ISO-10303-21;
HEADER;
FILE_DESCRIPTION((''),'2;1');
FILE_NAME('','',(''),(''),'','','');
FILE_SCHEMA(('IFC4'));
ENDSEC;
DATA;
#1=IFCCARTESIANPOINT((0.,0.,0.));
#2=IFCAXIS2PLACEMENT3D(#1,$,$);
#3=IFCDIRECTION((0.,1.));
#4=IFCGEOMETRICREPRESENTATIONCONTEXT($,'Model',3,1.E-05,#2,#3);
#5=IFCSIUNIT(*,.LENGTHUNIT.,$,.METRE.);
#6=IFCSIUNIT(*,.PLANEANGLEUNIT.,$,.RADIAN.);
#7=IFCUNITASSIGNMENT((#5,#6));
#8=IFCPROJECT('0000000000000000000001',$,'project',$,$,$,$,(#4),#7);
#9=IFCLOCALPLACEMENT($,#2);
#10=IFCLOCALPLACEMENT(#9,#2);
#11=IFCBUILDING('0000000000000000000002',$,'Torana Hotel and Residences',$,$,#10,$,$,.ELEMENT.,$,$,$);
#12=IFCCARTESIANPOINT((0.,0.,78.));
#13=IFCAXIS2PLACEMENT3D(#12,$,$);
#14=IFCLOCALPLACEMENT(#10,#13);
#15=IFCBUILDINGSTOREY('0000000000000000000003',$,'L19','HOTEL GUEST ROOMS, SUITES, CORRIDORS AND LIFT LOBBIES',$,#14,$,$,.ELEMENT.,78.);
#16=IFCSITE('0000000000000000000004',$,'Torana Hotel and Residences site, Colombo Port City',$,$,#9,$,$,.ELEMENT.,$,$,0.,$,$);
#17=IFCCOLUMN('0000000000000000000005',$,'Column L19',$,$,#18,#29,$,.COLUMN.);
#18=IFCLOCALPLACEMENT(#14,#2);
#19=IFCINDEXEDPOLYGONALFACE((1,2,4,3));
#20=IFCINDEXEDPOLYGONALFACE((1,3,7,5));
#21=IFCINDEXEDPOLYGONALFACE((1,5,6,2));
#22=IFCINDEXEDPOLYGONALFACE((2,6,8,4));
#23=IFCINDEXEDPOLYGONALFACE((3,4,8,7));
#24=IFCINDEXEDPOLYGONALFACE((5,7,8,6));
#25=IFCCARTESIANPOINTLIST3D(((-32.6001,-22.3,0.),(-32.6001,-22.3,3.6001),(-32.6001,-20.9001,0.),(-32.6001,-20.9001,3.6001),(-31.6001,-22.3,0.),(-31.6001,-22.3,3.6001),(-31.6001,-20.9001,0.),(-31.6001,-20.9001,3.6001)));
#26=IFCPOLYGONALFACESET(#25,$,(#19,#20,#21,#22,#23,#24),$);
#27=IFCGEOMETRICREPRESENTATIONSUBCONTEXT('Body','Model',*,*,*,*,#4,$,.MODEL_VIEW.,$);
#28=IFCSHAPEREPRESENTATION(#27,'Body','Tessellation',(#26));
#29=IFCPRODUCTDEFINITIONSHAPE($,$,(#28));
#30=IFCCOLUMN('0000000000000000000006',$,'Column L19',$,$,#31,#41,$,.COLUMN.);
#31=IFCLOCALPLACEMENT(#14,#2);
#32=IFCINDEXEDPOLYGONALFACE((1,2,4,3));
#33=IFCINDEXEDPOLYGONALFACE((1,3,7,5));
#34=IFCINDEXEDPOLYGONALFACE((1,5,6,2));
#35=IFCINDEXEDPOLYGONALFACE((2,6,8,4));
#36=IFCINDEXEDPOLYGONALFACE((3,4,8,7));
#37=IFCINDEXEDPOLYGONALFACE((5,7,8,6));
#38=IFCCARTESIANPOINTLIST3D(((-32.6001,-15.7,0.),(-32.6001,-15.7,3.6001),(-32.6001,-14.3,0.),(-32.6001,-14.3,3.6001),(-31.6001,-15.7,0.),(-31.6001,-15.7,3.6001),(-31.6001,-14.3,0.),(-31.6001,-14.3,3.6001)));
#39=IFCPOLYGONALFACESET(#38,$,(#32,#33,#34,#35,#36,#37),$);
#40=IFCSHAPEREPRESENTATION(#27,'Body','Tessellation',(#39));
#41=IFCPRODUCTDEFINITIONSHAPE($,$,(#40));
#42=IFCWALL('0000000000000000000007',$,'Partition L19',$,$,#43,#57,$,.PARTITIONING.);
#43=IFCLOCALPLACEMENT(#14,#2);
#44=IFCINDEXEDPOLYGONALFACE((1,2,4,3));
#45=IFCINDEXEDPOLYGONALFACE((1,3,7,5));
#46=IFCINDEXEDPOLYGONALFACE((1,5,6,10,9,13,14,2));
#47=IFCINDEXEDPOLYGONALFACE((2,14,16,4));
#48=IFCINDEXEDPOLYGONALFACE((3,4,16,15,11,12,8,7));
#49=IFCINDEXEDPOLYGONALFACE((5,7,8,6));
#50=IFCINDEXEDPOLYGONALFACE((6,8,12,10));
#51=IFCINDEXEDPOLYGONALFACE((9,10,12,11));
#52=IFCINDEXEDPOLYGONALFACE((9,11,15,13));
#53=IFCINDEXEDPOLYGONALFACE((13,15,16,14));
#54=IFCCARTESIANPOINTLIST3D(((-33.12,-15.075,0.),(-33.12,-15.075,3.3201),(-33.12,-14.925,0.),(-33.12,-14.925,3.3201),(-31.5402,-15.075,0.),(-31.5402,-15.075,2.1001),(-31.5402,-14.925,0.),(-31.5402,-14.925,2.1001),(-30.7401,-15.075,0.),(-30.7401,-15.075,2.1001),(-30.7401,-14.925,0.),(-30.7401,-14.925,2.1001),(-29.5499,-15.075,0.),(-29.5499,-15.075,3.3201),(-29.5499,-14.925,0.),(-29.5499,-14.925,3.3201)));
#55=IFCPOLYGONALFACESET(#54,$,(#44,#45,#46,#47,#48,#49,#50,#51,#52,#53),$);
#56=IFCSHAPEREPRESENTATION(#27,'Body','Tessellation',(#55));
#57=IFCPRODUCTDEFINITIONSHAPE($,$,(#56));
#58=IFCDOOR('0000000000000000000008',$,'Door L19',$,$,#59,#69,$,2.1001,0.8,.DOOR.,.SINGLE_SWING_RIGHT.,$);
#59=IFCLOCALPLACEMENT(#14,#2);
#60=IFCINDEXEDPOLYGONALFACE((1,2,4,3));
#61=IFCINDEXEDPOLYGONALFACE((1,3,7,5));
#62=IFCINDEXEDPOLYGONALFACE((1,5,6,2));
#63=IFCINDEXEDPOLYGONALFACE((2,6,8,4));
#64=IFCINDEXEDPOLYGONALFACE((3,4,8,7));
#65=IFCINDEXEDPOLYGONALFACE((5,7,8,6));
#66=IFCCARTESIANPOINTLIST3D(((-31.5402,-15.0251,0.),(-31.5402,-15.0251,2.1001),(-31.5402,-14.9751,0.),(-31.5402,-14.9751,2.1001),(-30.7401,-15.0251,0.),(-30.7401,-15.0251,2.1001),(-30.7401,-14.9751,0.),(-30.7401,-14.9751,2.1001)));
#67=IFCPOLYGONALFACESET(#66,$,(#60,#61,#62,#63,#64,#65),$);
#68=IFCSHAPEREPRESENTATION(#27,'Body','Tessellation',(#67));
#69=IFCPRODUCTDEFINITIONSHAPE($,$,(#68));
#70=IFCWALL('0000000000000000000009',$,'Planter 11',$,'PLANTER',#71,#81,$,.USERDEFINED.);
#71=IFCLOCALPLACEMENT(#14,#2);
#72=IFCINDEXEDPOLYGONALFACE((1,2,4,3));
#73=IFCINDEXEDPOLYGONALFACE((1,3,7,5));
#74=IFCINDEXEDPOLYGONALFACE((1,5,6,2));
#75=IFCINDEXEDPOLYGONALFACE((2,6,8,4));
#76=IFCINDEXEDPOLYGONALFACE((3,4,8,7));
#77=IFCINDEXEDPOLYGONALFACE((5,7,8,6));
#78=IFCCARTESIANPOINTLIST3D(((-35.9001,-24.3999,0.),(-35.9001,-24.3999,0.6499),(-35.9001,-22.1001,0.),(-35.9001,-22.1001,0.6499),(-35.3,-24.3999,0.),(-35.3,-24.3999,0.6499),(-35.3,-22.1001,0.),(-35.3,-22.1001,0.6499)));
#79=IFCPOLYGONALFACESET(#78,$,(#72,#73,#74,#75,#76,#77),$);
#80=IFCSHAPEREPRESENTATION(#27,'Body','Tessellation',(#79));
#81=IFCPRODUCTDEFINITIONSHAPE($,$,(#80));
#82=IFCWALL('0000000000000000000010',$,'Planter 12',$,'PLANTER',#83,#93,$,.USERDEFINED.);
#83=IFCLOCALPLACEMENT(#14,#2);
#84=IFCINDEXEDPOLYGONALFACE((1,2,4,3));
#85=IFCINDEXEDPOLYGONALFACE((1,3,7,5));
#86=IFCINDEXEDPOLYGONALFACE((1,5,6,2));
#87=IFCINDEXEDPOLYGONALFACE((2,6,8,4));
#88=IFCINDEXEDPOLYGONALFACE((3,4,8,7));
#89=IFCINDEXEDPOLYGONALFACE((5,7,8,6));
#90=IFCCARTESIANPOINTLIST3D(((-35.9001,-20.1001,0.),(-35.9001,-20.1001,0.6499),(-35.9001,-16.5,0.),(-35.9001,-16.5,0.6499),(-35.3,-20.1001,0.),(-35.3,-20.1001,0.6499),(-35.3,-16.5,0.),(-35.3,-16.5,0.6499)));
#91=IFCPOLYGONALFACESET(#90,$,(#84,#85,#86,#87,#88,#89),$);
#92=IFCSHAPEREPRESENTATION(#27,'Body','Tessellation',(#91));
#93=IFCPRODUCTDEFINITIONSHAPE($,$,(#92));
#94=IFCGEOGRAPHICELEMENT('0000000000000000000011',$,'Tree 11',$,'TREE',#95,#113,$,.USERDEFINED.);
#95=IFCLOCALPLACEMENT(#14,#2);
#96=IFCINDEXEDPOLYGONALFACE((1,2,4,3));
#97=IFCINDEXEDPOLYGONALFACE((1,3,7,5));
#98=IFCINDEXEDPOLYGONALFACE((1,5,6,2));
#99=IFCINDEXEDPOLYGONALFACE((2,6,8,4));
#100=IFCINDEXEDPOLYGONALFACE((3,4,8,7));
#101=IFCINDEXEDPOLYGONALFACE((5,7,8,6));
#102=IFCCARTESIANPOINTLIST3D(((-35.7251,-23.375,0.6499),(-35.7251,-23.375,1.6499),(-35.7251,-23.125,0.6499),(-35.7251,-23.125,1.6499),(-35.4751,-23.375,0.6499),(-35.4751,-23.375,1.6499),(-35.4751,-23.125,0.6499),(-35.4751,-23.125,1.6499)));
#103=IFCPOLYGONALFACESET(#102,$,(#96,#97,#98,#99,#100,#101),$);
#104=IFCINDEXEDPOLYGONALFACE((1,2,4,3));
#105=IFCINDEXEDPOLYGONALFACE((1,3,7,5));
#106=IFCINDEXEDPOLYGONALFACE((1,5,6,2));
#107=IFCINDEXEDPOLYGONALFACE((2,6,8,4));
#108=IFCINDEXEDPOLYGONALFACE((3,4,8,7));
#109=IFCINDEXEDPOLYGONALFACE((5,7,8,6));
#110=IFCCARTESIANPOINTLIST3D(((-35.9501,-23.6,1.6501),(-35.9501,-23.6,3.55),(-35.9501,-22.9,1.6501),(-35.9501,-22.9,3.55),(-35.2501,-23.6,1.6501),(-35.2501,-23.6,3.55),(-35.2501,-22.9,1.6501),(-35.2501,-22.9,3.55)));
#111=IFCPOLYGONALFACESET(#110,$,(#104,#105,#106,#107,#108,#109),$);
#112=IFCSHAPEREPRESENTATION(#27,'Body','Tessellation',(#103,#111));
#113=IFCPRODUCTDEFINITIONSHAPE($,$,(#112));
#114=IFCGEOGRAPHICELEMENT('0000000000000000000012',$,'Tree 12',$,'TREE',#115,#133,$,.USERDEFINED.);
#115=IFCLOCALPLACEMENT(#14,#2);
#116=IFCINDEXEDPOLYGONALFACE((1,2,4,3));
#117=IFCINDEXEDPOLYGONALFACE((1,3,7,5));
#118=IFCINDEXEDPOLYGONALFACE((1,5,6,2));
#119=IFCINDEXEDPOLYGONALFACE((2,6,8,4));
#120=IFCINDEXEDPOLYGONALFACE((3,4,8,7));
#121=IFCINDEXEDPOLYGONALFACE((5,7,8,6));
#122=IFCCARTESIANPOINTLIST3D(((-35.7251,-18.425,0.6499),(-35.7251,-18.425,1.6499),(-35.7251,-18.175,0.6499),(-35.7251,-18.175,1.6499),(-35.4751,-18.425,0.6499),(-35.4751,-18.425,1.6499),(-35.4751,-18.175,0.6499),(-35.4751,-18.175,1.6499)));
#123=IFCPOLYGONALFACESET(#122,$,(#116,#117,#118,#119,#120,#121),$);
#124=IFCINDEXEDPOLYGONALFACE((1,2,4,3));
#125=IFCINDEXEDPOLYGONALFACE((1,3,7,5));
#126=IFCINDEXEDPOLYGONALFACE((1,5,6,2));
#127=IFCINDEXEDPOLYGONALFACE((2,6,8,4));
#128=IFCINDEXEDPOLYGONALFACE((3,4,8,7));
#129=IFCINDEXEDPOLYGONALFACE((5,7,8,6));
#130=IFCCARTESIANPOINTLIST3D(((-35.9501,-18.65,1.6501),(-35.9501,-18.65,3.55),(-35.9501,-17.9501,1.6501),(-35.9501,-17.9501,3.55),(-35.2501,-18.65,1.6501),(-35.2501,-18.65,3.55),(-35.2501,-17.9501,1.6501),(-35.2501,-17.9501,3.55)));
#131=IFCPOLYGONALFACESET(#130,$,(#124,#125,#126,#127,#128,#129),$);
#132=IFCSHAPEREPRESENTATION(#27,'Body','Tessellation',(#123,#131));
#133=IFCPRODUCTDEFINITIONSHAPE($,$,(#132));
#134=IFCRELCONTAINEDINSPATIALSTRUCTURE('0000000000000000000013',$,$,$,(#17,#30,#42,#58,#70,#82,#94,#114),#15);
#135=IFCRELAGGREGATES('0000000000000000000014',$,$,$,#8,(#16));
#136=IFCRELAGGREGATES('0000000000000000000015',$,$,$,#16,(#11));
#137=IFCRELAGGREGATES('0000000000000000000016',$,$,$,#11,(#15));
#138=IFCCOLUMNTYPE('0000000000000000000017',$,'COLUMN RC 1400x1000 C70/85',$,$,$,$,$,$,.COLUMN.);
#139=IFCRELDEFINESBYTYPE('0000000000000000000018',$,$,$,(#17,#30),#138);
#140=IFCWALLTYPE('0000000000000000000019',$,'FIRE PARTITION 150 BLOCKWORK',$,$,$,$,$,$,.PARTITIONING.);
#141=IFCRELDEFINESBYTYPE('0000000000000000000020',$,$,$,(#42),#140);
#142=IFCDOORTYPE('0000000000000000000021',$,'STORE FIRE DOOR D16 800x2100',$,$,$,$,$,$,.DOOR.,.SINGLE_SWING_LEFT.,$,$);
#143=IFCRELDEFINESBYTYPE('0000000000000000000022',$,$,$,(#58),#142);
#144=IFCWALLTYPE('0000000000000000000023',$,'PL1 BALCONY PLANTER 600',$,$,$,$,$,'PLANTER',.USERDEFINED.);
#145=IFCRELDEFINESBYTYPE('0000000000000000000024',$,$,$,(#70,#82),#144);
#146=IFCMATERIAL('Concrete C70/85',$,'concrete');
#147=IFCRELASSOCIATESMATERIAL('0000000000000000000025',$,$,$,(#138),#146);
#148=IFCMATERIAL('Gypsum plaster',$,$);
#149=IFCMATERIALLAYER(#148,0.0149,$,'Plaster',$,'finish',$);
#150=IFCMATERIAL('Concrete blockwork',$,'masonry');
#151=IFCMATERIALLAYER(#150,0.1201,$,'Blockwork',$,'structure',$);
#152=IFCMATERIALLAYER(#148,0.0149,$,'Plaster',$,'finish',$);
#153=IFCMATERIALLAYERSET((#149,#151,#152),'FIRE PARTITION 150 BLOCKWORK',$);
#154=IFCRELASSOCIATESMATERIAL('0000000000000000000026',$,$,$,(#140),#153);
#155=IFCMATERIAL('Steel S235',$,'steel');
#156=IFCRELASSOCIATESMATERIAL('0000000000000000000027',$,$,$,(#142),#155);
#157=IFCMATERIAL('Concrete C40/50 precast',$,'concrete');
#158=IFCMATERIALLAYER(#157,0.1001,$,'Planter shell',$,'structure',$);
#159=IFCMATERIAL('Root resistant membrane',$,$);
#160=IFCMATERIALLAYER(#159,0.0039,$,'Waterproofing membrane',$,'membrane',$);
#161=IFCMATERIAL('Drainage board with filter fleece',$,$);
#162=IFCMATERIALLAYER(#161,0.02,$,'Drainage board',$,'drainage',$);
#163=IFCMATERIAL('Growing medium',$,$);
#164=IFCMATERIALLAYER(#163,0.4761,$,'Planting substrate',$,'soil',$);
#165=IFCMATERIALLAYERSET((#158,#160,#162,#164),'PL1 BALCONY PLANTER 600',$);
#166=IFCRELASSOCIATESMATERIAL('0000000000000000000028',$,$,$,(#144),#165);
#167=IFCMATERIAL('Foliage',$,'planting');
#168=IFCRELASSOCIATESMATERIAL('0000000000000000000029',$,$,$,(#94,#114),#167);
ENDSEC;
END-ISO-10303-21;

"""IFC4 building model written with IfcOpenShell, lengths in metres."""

from ifc_helpers import new_model, si_unit, direction, frame, frame_2d, origin, origin_2d, place, context, subcontext, project, spatial, rectangle, extrude, material, layer, layer_set, material_profile, profile_set, type_object, element, fill, save


model = new_model("IFC4")

# Units and contexts
model_context = context("Model", 3, precision=1e-05, world=origin(), true_north=direction((0.0, 1.0)))
body_context = subcontext(model_context, "Body", "Model", "MODEL_VIEW")
ifc_project = project(units=[si_unit("LENGTHUNIT", "METRE"), si_unit("PLANEANGLEUNIT", "RADIAN")], contexts=[model_context])

# Site, building, storey
site_placement = place(None, origin())
site = spatial("IfcSite", under=ifc_project, at=site_placement, Name="Torana Hotel and Residences site, Colombo Port City", CompositionType="ELEMENT", RefElevation=0.0)
building_placement = place(site_placement, origin())
building = spatial("IfcBuilding", under=site, at=building_placement, Name="Torana Hotel and Residences", CompositionType="ELEMENT")
storey_placement = place(building_placement, frame((0.0, 0.0, 78.0)))
storey = spatial("IfcBuildingStorey", under=building, at=storey_placement, Name="L19", Description="HOTEL GUEST ROOMS, SUITES, CORRIDORS AND LIFT LOBBIES", CompositionType="ELEMENT", Elevation=78.0)

# Columns
ifc_material_1 = material(Name="Concrete C70/85", Category="concrete")
ifc_material_profile = material_profile(ifc_material_1, rectangle(XDim=1.3999, YDim=1.0, at=origin_2d()), Name="RC 1400x1000")
ifc_profile_set = profile_set([ifc_material_profile], Name="Concrete C70/85")
column_type = type_object("IfcColumnType", Name="COLUMN RC 1400x1000 C70/85", PredefinedType="COLUMN", material=ifc_profile_set)
for number, where, z_axis, x_axis, name in (
    (1, (-32.1001, -21.6001, 0.0), (0.0, 0.0, 1.0), (0.0, 1.0, 0.0), "Column L19"),
    (2, (-32.1001, -15.0, 0.0), (0.0, 0.0, 1.0), (0.0, 1.0, 0.0), "Column L19"),
):
    element("IfcColumn", number, at=place(storey_placement, frame(where, z_axis=z_axis, x_axis=x_axis)), inside=storey, type_object=column_type, Name=name, PredefinedType="COLUMN", context=body_context, shape_type="SweptSolid", body=[
        extrude(rectangle(XDim=1.3999, YDim=1.0, at=origin_2d()), origin(), (0.0, 0.0, 1.0), 3.6001),
    ])

# Shared definitions
ifc_material_2 = material(Name="Gypsum plaster")
ifc_layer_1 = layer(ifc_material_2, 0.0149, Name="Plaster", Category="finish")
ifc_material_3 = material(Name="Concrete blockwork", Category="masonry")
ifc_layer_2 = layer(ifc_material_3, 0.1201, Name="Blockwork", Category="structure")
ifc_layer_3 = layer(ifc_material_2, 0.0149, Name="Plaster", Category="finish")
ifc_layer_set_1 = layer_set([ifc_layer_1, ifc_layer_2, ifc_layer_3], Name="FIRE PARTITION 150 BLOCKWORK")
wall_type_1 = type_object("IfcWallType", Name="FIRE PARTITION 150 BLOCKWORK", PredefinedType="PARTITIONING", material=ifc_layer_set_1)

# Wall, opening, door
wall_1_placement = place(storey_placement, frame((-33.1201, -15.0, 0.0), z_axis=(0.0, 0.0, 1.0), x_axis=(1.0, 0.0, 0.0)))
wall_1 = element("IfcWall", 3, at=wall_1_placement, inside=storey, type_object=wall_type_1, Name="Partition L19", PredefinedType="PARTITIONING", context=body_context, shape_type="SweptSolid", body=[
    extrude(rectangle(XDim=3.5701, YDim=0.1499, at=frame_2d((1.7852, 0.0))), origin(), (0.0, 0.0, 1.0), 3.3201),
])
opening_1_placement = place(wall_1_placement, frame((1.5801, 0.0, 0.0)))
opening_1 = element("IfcOpeningElement", 4, at=opening_1_placement, cuts=wall_1, PredefinedType="OPENING", context=body_context, shape_type="SweptSolid", body=[
    extrude(rectangle(XDim=0.8, YDim=2.1001, at=frame_2d((0.3999, 1.05))), frame((0.0, 0.085, 0.0), z_axis=(0.0, -1.0, 0.0), x_axis=(1.0, 0.0, 0.0)), (0.0, 0.0, 1.0), 0.1699),
])
ifc_material_4 = material(Name="Steel S235", Category="steel")
door_type_1 = type_object("IfcDoorType", Name="STORE FIRE DOOR D16 800x2100", OperationType="SINGLE_SWING_LEFT", PredefinedType="DOOR", material=ifc_material_4)
door_1_placement = place(opening_1_placement, origin())
door_1 = element("IfcDoor", 5, at=door_1_placement, inside=storey, type_object=door_type_1, Name="Door L19", OperationType="SINGLE_SWING_RIGHT", OverallHeight=2.1001, OverallWidth=0.8, PredefinedType="DOOR", context=body_context, shape_type="SweptSolid", body=[
    extrude(rectangle(XDim=0.8, YDim=2.1001, at=frame_2d((0.3999, 1.05))), frame((0.0, 0.0249, 0.0), z_axis=(0.0, -1.0, 0.0), x_axis=(1.0, 0.0, 0.0)), (0.0, 0.0, 1.0), 0.05),
])
fill(opening_1, door_1)

# Walls
ifc_material_5 = material(Name="Concrete C40/50 precast", Category="concrete")
ifc_layer_4 = layer(ifc_material_5, 0.1001, Name="Planter shell", Category="structure")
ifc_material_6 = material(Name="Root resistant membrane")
ifc_layer_5 = layer(ifc_material_6, 0.0039, Name="Waterproofing membrane", Category="membrane")
ifc_material_7 = material(Name="Drainage board with filter fleece")
ifc_layer_6 = layer(ifc_material_7, 0.02, Name="Drainage board", Category="drainage")
ifc_material_8 = material(Name="Growing medium")
ifc_layer_7 = layer(ifc_material_8, 0.4761, Name="Planting substrate", Category="soil")
ifc_layer_set_2 = layer_set([ifc_layer_4, ifc_layer_5, ifc_layer_6, ifc_layer_7], Name="PL1 BALCONY PLANTER 600")
wall_type_2 = type_object("IfcWallType", Name="PL1 BALCONY PLANTER 600", ElementType="PLANTER", PredefinedType="USERDEFINED", material=ifc_layer_set_2)
wall_2_placement = place(storey_placement, frame((-35.6001, -24.3999, 0.0), z_axis=(0.0, 0.0, 1.0), x_axis=(0.0, 1.0, 0.0)))
element("IfcWall", 6, at=wall_2_placement, inside=storey, type_object=wall_type_2, Name="Planter 11", ObjectType="PLANTER", PredefinedType="USERDEFINED", context=body_context, shape_type="SweptSolid", body=[
    extrude(rectangle(XDim=2.2998, YDim=0.6001, at=frame_2d((1.1499, 0.0))), origin(), (0.0, 0.0, 1.0), 0.6499),
])
wall_3_placement = place(storey_placement, frame((-35.6001, -20.1001, 0.0), z_axis=(0.0, 0.0, 1.0), x_axis=(0.0, 1.0, 0.0)))
element("IfcWall", 7, at=wall_3_placement, inside=storey, type_object=wall_type_2, Name="Planter 12", ObjectType="PLANTER", PredefinedType="USERDEFINED", context=body_context, shape_type="SweptSolid", body=[
    extrude(rectangle(XDim=3.6001, YDim=0.6001, at=frame_2d((1.8, 0.0))), origin(), (0.0, 0.0, 1.0), 0.6499),
])

# Geographic elements
ifc_material_9 = material(Name="Foliage", Category="planting")
for number, where, z_axis, x_axis, name in (
    (8, (-35.6001, -23.25, 0.6499), (0.0, 0.0, 1.0), (1.0, 0.0, 0.0), "Tree 11"),
    (9, (-35.6001, -18.3, 0.6499), (0.0, 0.0, 1.0), (1.0, 0.0, 0.0), "Tree 12"),
):
    element("IfcGeographicElement", number, at=place(storey_placement, frame(where, z_axis=z_axis, x_axis=x_axis)), inside=storey, material=ifc_material_9, Name=name, ObjectType="TREE", PredefinedType="USERDEFINED", context=body_context, shape_type="SweptSolid", body=[
        extrude(rectangle(XDim=0.25, YDim=0.25, at=origin_2d()), origin(), (0.0, 0.0, 1.0), 1.0),
        extrude(rectangle(XDim=0.7, YDim=0.7, at=origin_2d()), frame((0.0, 0.0, 1.0002)), (0.0, 0.0, 1.0), 1.8999),
    ])

save(model, "model.ifc")
